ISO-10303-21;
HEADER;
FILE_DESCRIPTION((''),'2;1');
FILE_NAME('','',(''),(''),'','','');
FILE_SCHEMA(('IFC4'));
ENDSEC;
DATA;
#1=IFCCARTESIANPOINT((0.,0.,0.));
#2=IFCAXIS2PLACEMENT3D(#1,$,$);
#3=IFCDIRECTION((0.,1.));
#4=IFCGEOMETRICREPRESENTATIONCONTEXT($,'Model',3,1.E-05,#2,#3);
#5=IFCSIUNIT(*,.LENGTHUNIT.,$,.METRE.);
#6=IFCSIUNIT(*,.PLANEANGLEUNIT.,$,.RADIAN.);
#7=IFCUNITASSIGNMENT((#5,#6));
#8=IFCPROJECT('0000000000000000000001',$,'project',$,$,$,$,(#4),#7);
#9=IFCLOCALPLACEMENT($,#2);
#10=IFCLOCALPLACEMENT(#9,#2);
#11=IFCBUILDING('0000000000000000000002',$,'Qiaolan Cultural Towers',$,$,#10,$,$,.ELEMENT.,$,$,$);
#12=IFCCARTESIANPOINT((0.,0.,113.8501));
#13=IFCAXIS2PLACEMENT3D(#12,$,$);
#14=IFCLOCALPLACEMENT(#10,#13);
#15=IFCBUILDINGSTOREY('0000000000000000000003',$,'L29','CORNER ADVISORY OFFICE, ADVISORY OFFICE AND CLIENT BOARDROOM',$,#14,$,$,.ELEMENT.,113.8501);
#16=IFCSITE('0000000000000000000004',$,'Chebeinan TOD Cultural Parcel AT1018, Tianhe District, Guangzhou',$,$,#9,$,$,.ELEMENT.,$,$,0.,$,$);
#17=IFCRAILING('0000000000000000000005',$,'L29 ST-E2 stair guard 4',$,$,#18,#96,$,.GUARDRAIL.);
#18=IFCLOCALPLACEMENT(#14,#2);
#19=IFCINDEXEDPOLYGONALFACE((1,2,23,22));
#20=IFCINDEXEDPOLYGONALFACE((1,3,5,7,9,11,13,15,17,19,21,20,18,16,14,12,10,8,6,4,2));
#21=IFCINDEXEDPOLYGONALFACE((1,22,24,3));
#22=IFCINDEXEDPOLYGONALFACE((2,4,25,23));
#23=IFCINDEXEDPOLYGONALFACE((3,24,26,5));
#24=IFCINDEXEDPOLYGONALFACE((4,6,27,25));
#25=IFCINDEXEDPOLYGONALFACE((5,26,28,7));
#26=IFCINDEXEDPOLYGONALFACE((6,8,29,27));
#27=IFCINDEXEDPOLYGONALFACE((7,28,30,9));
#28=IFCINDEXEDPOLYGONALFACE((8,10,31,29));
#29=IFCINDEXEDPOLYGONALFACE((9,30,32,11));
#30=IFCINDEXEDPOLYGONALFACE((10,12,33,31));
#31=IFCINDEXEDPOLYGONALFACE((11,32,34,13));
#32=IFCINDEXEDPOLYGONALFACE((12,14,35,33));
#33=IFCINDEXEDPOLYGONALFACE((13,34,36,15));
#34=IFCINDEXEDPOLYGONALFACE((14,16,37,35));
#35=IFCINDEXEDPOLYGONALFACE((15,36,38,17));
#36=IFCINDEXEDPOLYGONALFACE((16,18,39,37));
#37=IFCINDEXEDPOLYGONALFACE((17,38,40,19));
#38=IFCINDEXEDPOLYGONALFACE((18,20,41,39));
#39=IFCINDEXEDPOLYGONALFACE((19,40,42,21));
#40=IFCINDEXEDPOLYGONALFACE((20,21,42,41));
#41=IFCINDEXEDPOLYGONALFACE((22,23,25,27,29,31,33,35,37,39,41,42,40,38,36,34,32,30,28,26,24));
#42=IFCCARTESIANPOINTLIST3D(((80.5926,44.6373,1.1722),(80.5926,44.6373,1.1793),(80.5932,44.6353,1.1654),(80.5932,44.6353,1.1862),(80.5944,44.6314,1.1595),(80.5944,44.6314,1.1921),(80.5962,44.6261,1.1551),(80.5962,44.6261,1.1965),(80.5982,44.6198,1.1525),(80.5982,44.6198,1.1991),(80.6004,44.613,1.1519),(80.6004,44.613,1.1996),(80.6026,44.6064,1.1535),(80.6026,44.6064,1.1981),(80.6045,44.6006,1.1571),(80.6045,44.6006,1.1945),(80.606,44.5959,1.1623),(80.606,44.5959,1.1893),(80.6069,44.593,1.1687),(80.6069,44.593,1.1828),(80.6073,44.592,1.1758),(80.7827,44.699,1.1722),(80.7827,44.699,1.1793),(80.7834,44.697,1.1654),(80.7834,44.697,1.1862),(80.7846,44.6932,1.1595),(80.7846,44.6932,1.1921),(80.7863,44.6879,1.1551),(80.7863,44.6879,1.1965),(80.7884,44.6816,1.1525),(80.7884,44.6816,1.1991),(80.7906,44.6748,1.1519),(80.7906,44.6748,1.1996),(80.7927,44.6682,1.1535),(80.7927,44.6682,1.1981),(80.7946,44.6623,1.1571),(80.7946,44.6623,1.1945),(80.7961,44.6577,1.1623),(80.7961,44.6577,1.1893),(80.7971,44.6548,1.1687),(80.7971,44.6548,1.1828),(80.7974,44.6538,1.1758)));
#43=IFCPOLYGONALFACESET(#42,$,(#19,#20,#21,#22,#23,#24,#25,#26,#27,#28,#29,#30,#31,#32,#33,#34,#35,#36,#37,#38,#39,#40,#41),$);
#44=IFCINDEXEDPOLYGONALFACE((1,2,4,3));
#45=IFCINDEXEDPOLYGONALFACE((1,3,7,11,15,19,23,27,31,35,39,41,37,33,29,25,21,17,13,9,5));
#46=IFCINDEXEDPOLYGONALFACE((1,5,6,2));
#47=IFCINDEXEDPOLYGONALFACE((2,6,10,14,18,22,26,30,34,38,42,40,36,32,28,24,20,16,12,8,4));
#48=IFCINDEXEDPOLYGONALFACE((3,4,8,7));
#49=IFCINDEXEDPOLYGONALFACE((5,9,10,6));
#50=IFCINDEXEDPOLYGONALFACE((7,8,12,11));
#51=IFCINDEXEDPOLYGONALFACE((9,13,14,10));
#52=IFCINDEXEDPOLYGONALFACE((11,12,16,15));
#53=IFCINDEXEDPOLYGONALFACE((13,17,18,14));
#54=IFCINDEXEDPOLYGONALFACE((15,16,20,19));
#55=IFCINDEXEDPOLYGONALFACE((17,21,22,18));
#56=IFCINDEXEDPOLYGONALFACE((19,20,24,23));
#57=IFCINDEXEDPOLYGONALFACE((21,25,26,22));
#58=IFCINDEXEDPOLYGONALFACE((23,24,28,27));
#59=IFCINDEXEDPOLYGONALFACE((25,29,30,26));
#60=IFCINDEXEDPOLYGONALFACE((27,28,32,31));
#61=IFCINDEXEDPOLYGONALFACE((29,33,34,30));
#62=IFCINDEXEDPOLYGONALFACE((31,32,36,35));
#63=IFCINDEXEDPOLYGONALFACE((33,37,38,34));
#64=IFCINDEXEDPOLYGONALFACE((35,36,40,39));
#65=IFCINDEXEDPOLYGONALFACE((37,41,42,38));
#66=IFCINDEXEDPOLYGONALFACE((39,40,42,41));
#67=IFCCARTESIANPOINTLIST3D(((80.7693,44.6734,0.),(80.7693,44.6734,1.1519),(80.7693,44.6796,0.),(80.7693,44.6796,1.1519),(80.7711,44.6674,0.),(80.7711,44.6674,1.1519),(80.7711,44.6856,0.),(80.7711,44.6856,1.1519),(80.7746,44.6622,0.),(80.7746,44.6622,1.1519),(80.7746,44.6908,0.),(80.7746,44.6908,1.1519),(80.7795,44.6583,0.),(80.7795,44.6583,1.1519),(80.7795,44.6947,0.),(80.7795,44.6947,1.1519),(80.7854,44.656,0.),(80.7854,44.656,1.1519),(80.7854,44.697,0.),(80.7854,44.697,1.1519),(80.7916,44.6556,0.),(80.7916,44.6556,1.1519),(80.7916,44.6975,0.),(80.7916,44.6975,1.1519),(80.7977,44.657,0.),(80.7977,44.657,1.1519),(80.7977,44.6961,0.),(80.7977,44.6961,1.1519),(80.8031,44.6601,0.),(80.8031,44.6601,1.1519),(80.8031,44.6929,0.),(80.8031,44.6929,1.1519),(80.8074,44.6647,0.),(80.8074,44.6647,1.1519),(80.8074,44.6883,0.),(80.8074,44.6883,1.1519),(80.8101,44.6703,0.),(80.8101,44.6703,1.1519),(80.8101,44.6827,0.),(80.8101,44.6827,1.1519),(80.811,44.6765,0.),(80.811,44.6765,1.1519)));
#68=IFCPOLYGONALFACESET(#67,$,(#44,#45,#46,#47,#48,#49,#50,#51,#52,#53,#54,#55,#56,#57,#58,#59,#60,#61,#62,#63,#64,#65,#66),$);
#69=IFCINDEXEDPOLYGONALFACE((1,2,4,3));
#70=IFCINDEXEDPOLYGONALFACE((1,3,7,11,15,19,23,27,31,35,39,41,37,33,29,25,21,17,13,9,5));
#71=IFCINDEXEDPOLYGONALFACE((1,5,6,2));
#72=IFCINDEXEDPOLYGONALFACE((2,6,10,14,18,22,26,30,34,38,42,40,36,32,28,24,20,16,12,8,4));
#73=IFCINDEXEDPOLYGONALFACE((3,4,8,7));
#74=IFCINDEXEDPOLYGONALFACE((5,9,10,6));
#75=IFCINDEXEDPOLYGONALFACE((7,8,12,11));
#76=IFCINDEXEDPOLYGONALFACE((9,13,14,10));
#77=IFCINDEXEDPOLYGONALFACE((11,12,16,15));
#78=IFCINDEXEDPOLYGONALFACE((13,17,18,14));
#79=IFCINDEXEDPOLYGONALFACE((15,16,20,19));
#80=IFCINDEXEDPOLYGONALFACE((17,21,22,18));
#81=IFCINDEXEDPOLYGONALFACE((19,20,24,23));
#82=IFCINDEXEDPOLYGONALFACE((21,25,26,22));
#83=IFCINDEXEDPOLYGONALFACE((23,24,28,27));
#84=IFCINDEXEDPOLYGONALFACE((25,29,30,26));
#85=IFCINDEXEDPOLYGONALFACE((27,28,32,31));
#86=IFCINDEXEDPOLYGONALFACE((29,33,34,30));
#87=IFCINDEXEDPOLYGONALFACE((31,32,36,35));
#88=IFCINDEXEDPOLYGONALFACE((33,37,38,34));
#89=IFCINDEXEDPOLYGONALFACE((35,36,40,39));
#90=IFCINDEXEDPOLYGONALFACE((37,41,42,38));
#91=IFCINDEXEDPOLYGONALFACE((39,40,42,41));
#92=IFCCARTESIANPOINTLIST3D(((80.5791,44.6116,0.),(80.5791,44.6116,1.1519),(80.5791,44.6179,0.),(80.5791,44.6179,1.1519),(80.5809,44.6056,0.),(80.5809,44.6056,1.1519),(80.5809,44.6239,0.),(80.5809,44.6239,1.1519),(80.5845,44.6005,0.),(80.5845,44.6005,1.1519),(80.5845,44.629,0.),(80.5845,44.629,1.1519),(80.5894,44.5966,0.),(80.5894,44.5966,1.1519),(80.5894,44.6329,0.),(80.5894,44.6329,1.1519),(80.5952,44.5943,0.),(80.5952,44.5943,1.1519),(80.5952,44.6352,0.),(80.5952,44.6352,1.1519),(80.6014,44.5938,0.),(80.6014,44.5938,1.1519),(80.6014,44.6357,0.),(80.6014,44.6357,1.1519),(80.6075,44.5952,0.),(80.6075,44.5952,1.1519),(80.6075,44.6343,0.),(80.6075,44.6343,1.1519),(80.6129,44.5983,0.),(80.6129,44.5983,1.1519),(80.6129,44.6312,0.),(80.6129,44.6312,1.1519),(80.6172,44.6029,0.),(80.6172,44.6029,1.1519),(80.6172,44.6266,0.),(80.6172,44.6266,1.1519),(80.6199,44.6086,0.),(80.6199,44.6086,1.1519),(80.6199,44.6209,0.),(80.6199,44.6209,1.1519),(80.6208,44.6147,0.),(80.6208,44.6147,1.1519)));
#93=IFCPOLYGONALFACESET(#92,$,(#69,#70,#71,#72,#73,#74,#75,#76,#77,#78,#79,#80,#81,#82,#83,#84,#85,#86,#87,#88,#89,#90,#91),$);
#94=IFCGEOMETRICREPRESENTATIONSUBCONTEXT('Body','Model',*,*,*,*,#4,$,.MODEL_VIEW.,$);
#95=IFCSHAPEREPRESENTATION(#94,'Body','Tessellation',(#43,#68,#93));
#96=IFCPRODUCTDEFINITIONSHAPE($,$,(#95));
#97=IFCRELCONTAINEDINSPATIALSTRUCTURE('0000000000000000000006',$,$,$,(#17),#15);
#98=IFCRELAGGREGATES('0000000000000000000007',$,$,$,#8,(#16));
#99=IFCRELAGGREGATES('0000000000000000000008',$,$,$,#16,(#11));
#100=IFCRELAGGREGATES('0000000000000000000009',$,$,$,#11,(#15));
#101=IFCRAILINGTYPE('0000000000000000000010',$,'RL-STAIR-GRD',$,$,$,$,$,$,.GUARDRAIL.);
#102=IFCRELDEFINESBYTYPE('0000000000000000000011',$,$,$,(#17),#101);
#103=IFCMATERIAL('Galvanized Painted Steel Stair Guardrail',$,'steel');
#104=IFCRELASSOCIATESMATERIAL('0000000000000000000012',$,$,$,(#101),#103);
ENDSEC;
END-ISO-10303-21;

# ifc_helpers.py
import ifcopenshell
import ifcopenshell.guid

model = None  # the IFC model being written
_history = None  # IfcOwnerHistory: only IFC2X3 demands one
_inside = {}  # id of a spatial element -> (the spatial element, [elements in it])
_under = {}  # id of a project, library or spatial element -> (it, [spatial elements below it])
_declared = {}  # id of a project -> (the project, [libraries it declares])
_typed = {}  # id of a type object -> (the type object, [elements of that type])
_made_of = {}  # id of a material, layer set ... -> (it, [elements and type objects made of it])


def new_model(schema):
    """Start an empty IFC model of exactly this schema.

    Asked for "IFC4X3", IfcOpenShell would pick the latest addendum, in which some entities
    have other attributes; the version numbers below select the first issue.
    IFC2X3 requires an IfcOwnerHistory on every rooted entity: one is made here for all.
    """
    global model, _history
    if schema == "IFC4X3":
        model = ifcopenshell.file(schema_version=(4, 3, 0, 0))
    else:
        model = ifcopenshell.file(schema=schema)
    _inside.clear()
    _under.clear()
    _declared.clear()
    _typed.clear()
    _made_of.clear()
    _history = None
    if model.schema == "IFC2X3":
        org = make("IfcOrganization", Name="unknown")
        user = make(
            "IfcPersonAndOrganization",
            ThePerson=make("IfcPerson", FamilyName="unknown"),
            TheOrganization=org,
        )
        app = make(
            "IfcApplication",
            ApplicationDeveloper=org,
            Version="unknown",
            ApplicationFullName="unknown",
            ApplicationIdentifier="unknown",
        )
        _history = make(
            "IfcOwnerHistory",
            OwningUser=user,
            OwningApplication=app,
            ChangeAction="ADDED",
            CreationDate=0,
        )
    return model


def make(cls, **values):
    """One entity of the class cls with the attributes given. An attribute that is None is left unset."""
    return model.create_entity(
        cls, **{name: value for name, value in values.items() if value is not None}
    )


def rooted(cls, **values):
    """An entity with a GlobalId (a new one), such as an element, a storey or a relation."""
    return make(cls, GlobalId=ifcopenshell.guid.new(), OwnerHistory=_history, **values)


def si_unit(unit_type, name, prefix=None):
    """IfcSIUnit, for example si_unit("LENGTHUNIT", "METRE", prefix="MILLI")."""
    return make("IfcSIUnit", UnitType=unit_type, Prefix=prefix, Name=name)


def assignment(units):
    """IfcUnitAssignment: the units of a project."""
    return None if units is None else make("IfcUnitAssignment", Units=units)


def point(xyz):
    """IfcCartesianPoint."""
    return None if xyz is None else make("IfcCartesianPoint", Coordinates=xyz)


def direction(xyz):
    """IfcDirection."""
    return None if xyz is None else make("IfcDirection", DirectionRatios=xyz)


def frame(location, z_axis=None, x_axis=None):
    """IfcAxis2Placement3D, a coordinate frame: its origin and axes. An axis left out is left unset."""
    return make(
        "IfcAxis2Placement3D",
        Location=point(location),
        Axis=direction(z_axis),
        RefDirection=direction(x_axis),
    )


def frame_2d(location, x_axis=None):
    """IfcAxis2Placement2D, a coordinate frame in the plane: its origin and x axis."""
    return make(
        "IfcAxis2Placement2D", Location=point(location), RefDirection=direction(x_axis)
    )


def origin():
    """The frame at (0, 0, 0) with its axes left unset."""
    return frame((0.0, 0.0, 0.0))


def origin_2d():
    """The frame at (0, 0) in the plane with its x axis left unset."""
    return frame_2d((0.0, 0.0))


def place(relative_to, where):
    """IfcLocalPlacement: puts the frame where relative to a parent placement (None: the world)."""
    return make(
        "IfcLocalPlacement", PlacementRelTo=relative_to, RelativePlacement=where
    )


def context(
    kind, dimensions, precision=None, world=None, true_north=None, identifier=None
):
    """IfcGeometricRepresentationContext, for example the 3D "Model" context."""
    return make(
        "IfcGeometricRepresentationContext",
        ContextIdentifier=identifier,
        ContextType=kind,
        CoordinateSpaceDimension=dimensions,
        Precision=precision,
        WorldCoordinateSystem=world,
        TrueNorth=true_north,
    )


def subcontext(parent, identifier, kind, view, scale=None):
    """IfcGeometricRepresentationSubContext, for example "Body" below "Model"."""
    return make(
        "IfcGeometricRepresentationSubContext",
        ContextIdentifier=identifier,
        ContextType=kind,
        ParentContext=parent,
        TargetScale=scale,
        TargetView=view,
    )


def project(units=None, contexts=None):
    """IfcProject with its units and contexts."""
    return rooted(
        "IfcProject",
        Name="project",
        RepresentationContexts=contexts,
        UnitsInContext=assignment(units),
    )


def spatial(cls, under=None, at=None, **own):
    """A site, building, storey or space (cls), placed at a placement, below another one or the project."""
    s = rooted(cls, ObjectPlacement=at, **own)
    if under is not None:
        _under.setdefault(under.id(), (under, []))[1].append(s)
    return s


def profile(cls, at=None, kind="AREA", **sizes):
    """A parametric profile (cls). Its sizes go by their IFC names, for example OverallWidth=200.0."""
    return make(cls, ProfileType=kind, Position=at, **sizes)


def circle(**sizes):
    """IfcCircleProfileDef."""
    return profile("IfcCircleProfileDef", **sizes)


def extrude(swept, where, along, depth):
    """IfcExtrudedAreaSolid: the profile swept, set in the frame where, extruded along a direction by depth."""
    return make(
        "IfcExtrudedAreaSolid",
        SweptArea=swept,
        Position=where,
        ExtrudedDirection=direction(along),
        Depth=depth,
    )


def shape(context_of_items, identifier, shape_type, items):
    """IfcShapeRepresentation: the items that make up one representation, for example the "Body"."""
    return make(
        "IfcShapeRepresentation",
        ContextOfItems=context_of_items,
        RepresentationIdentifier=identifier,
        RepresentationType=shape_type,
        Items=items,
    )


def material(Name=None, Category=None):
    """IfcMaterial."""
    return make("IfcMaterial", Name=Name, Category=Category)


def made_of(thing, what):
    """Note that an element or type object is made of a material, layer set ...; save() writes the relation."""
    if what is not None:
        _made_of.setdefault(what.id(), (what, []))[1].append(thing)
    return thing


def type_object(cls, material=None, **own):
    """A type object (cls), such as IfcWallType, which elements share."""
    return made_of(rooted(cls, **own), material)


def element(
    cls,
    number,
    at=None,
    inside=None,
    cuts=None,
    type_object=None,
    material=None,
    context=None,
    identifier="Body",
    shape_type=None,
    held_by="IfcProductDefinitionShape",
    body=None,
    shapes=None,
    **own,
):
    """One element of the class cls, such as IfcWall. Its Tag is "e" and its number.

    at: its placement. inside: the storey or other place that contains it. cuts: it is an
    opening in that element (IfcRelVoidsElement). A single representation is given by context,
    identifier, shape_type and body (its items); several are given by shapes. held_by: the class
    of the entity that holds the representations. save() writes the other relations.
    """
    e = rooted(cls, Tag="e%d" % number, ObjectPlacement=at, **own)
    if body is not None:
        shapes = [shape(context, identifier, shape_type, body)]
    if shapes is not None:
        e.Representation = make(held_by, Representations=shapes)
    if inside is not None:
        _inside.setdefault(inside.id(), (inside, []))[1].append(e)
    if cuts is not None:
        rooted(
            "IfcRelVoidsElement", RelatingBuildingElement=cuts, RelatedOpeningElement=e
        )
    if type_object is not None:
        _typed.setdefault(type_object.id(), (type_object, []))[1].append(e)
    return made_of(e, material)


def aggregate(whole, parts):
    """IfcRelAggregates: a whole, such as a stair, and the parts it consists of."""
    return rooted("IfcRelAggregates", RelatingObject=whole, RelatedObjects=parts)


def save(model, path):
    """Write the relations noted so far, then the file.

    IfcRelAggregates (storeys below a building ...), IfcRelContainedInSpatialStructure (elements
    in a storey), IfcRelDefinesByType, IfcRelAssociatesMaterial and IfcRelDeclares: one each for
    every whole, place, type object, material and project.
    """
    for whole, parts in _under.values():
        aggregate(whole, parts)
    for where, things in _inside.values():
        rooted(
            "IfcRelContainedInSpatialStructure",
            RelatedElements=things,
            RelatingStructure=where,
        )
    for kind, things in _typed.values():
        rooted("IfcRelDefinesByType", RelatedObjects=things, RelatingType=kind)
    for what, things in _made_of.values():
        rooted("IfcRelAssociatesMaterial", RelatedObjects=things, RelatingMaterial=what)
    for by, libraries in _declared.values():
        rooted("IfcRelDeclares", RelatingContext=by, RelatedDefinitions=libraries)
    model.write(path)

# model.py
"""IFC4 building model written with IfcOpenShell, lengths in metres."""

from ifc_helpers import new_model, si_unit, direction, frame, origin, origin_2d, place, context, subcontext, project, spatial, circle, extrude, material, type_object, element, save


model = new_model("IFC4")

# Units and contexts
model_context = context("Model", 3, precision=1e-05, world=origin(), true_north=direction((0.0, 1.0)))
body_context = subcontext(model_context, "Body", "Model", "MODEL_VIEW")
ifc_project = project(units=[si_unit("LENGTHUNIT", "METRE"), si_unit("PLANEANGLEUNIT", "RADIAN")], contexts=[model_context])

# Site, building, storey
site_placement = place(None, origin())
site = spatial("IfcSite", under=ifc_project, at=site_placement, Name="Chebeinan TOD Cultural Parcel AT1018, Tianhe District, Guangzhou", CompositionType="ELEMENT", RefElevation=0.0)
building_placement = place(site_placement, origin())
building = spatial("IfcBuilding", under=site, at=building_placement, Name="Qiaolan Cultural Towers", CompositionType="ELEMENT")
storey_placement = place(building_placement, frame((0.0, 0.0, 113.8501)))
storey = spatial("IfcBuildingStorey", under=building, at=storey_placement, Name="L29", Description="CORNER ADVISORY OFFICE, ADVISORY OFFICE AND CLIENT BOARDROOM", CompositionType="ELEMENT", Elevation=113.8501)

# Railing
ifc_material_1 = material(Name="Galvanized Painted Steel Stair Guardrail", Category="steel")
railing_type_1 = type_object("IfcRailingType", Name="RL-STAIR-GRD", PredefinedType="GUARDRAIL", material=ifc_material_1)
railing_1_placement = place(storey_placement, frame((80.79, 44.6765, 0.0)))
element("IfcRailing", 1, at=railing_1_placement, inside=storey, type_object=railing_type_1, Name="L29 ST-E2 stair guard 4", PredefinedType="GUARDRAIL", context=body_context, shape_type="SweptSolid", body=[
    extrude(circle(Radius=0.0239, at=origin_2d()), frame((0.0, 0.0, 1.1758), z_axis=(-0.951097, -0.308893, 0.0), x_axis=(0.308893, -0.951097, 0.0)), (0.0, 0.0, 1.0), 0.2),
    extrude(circle(Radius=0.021, at=origin_2d()), origin(), (0.0, 0.0, 1.0), 1.1519),
    extrude(circle(Radius=0.021, at=origin_2d()), frame((-0.1902, -0.0618, 0.0)), (0.0, 0.0, 1.0), 1.1519),
])

save(model, "model.ifc")
